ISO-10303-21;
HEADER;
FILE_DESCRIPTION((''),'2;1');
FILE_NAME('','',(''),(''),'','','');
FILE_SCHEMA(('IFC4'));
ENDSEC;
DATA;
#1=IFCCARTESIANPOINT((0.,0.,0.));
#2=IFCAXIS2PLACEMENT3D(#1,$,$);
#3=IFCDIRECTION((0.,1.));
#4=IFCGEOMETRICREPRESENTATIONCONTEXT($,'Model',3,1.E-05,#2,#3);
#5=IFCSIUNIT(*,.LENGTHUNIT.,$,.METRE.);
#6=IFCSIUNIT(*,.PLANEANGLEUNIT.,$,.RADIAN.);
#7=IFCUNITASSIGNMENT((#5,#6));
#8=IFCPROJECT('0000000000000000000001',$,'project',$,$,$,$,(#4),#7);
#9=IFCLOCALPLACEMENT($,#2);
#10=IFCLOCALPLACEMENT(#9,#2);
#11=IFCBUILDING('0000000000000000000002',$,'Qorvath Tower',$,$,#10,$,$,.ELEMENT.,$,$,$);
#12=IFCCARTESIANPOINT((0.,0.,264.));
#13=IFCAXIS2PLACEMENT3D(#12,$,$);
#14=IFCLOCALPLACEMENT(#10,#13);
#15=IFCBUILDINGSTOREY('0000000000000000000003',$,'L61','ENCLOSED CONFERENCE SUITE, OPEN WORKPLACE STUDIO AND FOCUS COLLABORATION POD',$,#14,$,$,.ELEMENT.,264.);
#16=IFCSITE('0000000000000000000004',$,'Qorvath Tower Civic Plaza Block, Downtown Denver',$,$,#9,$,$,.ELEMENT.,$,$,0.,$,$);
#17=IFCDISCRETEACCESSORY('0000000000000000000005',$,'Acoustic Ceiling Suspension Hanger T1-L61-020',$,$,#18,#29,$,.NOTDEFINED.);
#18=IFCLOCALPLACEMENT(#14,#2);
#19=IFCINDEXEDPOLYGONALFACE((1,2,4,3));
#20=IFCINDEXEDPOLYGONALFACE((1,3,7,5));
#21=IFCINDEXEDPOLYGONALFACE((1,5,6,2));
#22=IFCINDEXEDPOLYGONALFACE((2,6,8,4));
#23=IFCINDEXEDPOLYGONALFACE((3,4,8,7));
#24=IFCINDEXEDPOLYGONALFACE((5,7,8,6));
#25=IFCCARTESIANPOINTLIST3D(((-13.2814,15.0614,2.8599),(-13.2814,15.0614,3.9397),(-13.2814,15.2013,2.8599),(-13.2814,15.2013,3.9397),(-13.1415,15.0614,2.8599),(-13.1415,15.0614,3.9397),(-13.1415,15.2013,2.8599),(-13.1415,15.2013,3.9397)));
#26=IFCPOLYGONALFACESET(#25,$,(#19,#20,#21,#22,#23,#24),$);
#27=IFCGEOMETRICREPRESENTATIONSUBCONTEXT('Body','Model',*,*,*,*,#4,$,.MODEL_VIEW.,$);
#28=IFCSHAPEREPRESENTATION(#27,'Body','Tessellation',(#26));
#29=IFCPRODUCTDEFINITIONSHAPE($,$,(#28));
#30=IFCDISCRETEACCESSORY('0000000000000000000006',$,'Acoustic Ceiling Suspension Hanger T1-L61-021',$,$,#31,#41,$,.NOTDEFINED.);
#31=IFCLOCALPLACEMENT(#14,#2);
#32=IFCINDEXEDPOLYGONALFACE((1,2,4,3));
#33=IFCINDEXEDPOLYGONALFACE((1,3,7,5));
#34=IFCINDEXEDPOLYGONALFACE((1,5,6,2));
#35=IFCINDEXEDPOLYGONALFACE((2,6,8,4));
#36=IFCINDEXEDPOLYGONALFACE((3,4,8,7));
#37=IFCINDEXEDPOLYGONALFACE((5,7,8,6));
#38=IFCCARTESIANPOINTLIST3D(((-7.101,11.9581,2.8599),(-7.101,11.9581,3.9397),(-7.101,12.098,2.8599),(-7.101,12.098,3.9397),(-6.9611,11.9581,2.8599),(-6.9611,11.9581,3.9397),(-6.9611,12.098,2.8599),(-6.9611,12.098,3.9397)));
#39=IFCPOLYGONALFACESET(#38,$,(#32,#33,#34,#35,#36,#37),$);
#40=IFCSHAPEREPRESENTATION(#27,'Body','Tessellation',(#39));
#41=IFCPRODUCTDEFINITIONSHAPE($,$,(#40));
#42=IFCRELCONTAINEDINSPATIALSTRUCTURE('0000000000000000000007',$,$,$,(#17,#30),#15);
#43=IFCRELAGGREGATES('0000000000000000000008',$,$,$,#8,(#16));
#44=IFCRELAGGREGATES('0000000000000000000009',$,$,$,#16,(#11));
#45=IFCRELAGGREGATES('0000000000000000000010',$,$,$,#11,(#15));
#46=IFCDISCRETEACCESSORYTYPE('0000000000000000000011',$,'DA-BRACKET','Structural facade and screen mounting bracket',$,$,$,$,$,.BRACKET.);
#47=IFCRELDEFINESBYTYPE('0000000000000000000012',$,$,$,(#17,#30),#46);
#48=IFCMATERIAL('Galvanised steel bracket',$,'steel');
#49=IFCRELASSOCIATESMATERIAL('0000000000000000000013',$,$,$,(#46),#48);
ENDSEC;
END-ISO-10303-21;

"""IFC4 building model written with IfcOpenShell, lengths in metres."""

from ifc_helpers import new_model, si_unit, direction, frame, origin, origin_2d, place, context, subcontext, project, spatial, rectangle, extrude, material, type_object, element, save


model = new_model("IFC4")

# Units and contexts
model_context = context("Model", 3, precision=1e-05, world=origin(), true_north=direction((0.0, 1.0)))
body_context = subcontext(model_context, "Body", "Model", "MODEL_VIEW")
ifc_project = project(units=[si_unit("LENGTHUNIT", "METRE"), si_unit("PLANEANGLEUNIT", "RADIAN")], contexts=[model_context])

# Site, building, storey
site_placement = place(None, origin())
site = spatial("IfcSite", under=ifc_project, at=site_placement, Name="Qorvath Tower Civic Plaza Block, Downtown Denver", CompositionType="ELEMENT", RefElevation=0.0)
building_placement = place(site_placement, origin())
building = spatial("IfcBuilding", under=site, at=building_placement, Name="Qorvath Tower", CompositionType="ELEMENT")
storey_placement = place(building_placement, frame((0.0, 0.0, 264.0)))
storey = spatial("IfcBuildingStorey", under=building, at=storey_placement, Name="L61", Description="ENCLOSED CONFERENCE SUITE, OPEN WORKPLACE STUDIO AND FOCUS COLLABORATION POD", CompositionType="ELEMENT", Elevation=264.0)

# Discrete accessories
ifc_material_1 = material(Name="Galvanised steel bracket", Category="steel")
discrete_accessory_type = type_object("IfcDiscreteAccessoryType", Name="DA-BRACKET", Description="Structural facade and screen mounting bracket", PredefinedType="BRACKET", material=ifc_material_1)
for number, where, z_axis, x_axis, name in (
    (1, (-13.2114, 15.1313, 2.8599), (0.0, 0.0, 1.0), (1.0, 0.0, 0.0), "Acoustic Ceiling Suspension Hanger T1-L61-020"),
    (2, (-7.031, 12.0281, 2.8599), (0.0, 0.0, 1.0), (1.0, 0.0, 0.0), "Acoustic Ceiling Suspension Hanger T1-L61-021"),
):
    element("IfcDiscreteAccessory", number, at=place(storey_placement, frame(where, z_axis=z_axis, x_axis=x_axis)), inside=storey, type_object=discrete_accessory_type, Name=name, PredefinedType="NOTDEFINED", context=body_context, shape_type="SweptSolid", body=[
        extrude(rectangle(XDim=0.1399, YDim=0.1399, at=origin_2d()), origin(), (0.0, 0.0, 1.0), 1.0798),
    ])

save(model, "model.ifc")
